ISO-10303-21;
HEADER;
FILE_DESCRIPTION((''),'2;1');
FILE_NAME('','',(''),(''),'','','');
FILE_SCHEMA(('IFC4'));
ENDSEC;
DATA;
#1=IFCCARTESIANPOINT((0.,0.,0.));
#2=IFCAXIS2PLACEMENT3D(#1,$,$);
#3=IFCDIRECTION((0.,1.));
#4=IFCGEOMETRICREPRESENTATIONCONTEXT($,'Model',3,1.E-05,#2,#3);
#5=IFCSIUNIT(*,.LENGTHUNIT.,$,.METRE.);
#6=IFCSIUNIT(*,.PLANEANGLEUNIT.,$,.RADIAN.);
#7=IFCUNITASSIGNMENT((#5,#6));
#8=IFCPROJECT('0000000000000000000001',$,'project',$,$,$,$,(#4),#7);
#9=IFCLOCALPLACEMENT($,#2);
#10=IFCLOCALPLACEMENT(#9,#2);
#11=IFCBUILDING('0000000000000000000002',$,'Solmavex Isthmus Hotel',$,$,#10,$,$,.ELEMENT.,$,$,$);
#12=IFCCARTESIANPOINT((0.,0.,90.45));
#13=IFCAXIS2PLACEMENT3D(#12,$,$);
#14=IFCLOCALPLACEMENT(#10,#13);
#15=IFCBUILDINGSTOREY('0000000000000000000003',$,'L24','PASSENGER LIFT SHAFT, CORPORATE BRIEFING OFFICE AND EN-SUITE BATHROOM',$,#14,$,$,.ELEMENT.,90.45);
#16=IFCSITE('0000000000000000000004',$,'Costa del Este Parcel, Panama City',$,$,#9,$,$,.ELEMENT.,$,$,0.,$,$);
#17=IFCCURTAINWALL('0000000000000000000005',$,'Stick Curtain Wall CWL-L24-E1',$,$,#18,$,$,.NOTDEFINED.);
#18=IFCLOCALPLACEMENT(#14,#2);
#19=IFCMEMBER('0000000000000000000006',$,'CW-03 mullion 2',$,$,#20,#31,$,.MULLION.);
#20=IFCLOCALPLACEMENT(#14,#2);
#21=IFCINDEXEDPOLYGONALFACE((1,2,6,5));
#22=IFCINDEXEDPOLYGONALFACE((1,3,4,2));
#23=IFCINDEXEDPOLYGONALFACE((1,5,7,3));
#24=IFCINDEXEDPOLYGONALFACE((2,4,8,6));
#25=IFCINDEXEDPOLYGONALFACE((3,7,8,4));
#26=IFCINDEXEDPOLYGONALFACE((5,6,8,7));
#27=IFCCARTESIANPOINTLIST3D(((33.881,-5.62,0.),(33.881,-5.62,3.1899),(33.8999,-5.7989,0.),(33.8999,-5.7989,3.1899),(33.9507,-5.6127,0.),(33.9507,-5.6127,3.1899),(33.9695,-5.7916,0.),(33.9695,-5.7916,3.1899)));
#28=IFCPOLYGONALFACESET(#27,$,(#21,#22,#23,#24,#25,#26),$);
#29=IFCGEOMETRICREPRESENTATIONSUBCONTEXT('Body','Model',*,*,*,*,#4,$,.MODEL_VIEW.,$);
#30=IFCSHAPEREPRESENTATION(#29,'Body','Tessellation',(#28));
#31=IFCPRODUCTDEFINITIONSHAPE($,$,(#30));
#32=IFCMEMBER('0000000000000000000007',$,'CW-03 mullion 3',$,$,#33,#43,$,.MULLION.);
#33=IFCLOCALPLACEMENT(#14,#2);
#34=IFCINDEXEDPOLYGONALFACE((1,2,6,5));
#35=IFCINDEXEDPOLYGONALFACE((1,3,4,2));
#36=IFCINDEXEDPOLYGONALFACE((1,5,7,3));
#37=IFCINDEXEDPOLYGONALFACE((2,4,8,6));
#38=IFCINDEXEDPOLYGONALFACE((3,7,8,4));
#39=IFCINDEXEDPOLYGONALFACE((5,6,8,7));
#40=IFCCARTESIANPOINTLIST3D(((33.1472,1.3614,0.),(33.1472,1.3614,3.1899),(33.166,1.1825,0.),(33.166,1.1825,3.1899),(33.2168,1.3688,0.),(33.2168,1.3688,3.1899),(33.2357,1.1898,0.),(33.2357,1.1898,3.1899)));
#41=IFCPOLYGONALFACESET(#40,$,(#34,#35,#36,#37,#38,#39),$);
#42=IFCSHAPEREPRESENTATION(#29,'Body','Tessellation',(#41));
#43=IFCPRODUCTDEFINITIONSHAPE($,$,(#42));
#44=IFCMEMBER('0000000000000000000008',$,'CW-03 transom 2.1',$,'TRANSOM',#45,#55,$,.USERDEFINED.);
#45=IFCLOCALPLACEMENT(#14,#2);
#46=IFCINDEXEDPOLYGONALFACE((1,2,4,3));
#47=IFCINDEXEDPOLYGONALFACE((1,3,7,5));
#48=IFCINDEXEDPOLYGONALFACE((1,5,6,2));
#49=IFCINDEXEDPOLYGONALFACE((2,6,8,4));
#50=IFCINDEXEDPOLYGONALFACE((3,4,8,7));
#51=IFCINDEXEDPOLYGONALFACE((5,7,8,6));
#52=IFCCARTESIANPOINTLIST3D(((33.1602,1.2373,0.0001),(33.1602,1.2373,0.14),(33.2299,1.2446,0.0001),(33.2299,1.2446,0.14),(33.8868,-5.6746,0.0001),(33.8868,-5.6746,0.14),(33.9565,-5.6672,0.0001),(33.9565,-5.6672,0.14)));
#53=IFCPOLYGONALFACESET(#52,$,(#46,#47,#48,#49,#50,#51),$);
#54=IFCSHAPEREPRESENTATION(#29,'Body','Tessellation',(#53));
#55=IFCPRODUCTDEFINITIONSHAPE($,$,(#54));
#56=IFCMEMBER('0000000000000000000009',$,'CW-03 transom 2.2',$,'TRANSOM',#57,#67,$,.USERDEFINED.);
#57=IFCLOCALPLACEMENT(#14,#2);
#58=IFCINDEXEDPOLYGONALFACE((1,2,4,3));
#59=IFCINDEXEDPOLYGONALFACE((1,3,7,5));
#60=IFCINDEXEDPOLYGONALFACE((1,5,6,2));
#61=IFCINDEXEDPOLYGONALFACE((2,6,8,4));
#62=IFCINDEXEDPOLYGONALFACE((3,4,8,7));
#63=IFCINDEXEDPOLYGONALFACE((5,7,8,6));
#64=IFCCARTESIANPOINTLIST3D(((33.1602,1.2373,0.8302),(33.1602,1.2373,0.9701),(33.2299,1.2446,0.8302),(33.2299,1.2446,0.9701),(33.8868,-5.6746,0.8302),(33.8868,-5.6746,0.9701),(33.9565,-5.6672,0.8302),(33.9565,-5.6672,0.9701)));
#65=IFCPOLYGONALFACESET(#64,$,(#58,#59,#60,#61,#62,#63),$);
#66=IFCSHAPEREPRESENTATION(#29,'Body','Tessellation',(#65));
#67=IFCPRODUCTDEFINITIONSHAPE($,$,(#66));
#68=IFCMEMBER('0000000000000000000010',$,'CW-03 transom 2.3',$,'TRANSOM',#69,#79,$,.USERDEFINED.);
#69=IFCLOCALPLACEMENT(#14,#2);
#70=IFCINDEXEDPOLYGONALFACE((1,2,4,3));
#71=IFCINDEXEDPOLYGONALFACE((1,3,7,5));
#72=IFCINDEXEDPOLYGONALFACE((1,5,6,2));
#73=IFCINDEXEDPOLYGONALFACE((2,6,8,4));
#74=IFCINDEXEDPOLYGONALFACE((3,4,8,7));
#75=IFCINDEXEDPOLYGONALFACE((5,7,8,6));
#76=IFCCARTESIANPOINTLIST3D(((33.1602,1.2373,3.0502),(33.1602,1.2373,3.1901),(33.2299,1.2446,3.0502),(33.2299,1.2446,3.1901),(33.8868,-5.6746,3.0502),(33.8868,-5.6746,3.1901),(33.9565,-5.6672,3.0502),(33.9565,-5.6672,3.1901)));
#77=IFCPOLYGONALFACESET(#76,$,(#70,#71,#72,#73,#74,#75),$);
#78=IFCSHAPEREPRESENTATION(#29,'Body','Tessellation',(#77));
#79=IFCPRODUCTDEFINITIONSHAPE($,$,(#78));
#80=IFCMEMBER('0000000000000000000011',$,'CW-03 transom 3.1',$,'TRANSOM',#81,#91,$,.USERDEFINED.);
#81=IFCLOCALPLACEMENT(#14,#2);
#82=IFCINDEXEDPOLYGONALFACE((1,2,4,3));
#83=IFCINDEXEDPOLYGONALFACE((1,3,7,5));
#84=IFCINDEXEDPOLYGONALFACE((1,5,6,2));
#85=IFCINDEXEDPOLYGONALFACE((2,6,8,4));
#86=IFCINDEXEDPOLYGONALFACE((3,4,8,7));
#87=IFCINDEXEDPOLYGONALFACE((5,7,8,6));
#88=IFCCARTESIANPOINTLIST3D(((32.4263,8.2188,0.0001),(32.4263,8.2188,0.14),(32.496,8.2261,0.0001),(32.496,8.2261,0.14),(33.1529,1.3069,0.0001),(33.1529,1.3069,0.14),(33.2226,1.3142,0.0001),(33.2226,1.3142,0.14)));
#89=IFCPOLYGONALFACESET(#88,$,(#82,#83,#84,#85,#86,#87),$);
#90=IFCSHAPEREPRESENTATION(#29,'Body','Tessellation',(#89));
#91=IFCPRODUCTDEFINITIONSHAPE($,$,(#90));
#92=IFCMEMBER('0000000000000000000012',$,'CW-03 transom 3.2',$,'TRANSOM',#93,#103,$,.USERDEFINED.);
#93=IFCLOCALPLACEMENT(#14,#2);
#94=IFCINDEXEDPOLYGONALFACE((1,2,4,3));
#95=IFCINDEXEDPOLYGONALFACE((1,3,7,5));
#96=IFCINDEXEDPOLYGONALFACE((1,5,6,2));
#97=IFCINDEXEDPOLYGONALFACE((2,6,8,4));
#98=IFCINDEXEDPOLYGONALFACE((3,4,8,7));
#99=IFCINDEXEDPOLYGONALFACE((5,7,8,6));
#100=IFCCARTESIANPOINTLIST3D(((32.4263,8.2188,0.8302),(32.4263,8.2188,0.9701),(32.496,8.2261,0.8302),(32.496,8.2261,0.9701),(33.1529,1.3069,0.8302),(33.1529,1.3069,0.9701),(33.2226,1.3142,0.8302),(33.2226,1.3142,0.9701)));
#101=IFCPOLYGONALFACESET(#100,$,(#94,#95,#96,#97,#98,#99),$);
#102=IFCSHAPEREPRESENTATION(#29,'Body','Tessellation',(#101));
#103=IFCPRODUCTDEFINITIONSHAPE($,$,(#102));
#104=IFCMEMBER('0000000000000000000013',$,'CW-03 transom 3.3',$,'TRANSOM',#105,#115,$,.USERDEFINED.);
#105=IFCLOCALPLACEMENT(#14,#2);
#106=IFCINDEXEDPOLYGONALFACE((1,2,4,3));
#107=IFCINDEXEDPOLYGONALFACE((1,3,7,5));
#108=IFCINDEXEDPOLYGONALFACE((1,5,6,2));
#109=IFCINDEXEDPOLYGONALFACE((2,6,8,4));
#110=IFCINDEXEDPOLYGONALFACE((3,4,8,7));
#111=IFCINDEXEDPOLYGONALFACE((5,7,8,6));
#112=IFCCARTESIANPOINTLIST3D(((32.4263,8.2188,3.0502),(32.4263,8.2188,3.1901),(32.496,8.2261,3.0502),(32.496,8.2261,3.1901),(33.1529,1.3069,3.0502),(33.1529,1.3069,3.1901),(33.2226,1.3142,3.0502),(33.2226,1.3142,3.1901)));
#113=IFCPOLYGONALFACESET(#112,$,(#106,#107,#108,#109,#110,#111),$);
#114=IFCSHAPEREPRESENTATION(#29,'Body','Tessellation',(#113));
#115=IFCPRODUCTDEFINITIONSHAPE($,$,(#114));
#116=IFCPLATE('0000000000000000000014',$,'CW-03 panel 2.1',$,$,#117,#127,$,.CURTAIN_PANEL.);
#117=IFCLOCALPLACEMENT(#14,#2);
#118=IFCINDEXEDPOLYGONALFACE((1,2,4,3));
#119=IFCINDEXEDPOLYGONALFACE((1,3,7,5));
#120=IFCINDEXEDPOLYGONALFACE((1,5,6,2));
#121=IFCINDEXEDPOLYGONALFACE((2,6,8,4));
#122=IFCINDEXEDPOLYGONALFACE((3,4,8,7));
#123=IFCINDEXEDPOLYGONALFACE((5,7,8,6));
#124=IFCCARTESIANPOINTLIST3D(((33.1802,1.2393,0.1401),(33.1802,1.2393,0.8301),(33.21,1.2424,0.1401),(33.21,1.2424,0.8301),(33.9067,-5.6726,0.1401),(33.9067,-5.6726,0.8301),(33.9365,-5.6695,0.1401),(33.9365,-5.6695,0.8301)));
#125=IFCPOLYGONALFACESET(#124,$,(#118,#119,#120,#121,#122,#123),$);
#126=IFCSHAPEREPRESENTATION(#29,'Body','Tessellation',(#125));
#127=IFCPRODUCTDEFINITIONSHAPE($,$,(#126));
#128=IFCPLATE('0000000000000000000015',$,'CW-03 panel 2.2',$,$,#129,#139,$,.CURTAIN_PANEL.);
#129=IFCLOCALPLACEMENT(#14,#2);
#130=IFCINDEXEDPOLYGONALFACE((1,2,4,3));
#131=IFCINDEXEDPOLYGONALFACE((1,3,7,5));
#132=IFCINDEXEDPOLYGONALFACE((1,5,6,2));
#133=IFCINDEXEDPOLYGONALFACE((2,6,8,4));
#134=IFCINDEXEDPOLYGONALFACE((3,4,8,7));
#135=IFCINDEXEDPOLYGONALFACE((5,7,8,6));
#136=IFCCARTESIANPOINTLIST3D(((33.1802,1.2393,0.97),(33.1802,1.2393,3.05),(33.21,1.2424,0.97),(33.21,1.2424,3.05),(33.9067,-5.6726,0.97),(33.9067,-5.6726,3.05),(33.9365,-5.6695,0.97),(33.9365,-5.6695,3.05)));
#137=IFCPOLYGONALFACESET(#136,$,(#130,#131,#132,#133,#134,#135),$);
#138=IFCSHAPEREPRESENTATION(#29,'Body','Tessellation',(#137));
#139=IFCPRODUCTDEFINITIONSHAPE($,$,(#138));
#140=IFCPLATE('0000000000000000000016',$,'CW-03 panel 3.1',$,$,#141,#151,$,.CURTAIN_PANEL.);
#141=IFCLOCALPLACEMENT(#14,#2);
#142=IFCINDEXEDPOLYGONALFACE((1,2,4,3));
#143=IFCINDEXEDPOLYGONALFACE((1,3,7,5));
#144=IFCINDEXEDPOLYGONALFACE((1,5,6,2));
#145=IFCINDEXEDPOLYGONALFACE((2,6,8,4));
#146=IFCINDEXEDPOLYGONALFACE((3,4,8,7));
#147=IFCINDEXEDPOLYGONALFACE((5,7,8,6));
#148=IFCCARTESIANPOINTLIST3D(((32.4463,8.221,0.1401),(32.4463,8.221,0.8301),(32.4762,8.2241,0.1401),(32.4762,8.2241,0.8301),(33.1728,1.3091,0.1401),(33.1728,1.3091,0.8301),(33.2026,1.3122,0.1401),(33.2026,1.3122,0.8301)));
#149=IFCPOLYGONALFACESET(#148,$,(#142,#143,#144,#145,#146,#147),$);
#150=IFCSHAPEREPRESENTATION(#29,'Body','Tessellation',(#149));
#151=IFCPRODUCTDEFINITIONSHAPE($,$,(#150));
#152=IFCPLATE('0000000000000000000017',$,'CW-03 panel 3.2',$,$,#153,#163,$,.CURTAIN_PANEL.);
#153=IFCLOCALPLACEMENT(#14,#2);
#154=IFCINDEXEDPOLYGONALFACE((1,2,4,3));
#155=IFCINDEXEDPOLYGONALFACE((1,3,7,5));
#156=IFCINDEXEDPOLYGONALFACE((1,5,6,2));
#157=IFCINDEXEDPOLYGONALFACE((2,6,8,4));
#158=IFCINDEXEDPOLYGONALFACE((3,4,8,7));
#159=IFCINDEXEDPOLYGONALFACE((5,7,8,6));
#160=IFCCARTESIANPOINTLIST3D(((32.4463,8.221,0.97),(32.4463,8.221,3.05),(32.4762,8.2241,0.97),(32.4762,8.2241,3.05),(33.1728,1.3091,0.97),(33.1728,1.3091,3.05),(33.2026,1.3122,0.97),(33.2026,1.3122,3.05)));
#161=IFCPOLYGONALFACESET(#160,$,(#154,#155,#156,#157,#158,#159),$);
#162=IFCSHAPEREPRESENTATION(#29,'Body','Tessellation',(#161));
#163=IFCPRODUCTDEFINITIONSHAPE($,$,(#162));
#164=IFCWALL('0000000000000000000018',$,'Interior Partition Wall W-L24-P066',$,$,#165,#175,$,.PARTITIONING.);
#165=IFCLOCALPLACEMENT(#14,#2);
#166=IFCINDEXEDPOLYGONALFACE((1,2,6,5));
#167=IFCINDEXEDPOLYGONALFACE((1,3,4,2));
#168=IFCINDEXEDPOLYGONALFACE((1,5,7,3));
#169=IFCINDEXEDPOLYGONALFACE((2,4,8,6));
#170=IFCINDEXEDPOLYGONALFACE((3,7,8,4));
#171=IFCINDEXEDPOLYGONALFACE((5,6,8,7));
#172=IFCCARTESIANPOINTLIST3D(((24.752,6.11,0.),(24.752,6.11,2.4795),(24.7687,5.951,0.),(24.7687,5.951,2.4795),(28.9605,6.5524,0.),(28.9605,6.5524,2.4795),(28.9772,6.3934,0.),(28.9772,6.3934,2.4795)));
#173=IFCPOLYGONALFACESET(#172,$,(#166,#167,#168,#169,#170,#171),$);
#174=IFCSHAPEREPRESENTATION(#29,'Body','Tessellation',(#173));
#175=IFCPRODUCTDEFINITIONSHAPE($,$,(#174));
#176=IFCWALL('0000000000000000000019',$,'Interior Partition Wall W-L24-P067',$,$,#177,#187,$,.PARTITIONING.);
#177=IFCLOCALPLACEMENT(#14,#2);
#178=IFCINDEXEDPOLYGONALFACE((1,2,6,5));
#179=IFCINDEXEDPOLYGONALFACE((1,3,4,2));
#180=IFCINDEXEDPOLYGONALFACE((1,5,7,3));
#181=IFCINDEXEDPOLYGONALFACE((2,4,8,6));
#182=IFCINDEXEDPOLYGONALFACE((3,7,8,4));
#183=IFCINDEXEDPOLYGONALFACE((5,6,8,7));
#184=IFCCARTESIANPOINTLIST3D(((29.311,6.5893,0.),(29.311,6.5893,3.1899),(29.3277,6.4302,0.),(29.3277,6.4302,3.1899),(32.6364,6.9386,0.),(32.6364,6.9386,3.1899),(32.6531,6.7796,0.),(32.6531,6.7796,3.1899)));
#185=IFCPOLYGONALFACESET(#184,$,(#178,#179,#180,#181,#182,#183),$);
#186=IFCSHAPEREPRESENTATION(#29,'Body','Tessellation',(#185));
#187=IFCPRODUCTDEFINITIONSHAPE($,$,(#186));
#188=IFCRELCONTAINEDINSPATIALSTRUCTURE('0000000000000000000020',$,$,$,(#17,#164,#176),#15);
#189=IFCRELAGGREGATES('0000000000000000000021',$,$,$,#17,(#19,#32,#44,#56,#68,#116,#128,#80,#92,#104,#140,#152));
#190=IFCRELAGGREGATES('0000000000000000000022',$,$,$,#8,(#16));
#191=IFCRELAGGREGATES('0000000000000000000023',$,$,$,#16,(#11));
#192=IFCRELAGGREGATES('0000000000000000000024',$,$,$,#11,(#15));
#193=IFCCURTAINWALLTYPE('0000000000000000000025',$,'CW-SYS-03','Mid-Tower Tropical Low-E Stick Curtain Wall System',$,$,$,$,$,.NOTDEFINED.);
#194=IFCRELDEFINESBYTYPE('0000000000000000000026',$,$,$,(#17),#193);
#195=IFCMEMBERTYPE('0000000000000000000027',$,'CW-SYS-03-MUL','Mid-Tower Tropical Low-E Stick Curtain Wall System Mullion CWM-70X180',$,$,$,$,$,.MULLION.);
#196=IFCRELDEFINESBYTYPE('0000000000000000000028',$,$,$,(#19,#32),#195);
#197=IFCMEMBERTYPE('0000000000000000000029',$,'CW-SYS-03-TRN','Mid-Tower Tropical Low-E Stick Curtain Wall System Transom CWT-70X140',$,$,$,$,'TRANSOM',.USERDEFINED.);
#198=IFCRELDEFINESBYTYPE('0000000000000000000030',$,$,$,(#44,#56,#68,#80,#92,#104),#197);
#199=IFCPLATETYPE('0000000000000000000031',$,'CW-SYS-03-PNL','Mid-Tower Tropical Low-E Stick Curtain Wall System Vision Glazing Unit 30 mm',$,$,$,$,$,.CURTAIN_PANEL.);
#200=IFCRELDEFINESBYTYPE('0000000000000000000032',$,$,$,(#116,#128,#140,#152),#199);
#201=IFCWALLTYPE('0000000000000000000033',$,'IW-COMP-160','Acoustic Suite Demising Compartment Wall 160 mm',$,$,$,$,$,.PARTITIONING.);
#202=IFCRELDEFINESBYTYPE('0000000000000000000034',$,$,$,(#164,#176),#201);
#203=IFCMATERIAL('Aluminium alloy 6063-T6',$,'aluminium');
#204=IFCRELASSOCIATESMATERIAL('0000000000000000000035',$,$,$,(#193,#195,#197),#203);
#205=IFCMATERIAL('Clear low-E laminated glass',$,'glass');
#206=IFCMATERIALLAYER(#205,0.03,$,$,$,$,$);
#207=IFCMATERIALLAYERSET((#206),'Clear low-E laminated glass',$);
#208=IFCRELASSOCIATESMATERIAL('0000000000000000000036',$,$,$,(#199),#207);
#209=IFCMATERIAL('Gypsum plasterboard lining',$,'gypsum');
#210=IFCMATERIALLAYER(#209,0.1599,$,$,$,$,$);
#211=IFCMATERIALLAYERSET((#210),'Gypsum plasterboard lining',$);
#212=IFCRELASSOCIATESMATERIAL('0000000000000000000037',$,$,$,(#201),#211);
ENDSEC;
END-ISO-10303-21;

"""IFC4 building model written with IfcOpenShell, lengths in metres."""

from ifc_helpers import new_model, si_unit, direction, frame, frame_2d, origin, origin_2d, place, context, subcontext, project, spatial, rectangle, extrude, material, layer, layer_set, material_profile, profile_set, type_object, element, aggregate, save


model = new_model("IFC4")

# Units and contexts
model_context = context("Model", 3, precision=1e-05, world=origin(), true_north=direction((0.0, 1.0)))
body_context = subcontext(model_context, "Body", "Model", "MODEL_VIEW")
ifc_project = project(units=[si_unit("LENGTHUNIT", "METRE"), si_unit("PLANEANGLEUNIT", "RADIAN")], contexts=[model_context])

# Site, building, storey
site_placement = place(None, origin())
site = spatial("IfcSite", under=ifc_project, at=site_placement, Name="Costa del Este Parcel, Panama City", CompositionType="ELEMENT", RefElevation=0.0)
building_placement = place(site_placement, origin())
building = spatial("IfcBuilding", under=site, at=building_placement, Name="Solmavex Isthmus Hotel", CompositionType="ELEMENT")
storey_placement = place(building_placement, frame((0.0, 0.0, 90.45)))
storey = spatial("IfcBuildingStorey", under=building, at=storey_placement, Name="L24", Description="PASSENGER LIFT SHAFT, CORPORATE BRIEFING OFFICE AND EN-SUITE BATHROOM", CompositionType="ELEMENT", Elevation=90.45)

# Curtain wall, members, plates
ifc_material_1 = material(Name="Aluminium alloy 6063-T6", Category="aluminium")
curtain_wall_type = type_object("IfcCurtainWallType", Name="CW-SYS-03", Description="Mid-Tower Tropical Low-E Stick Curtain Wall System", PredefinedType="NOTDEFINED", material=ifc_material_1)
curtain_wall_placement = place(storey_placement, origin())
curtain_wall = element("IfcCurtainWall", 1, at=curtain_wall_placement, inside=storey, type_object=curtain_wall_type, Name="Stick Curtain Wall CWL-L24-E1", PredefinedType="NOTDEFINED")
ifc_material_profile_1 = material_profile(ifc_material_1, rectangle(XDim=0.0701, YDim=0.1799, at=origin_2d()), Name="CWM-70X180")
ifc_profile_set_1 = profile_set([ifc_material_profile_1], Name="Aluminium alloy 6063-T6")
member_type_1 = type_object("IfcMemberType", Name="CW-SYS-03-MUL", Description="Mid-Tower Tropical Low-E Stick Curtain Wall System Mullion CWM-70X180", PredefinedType="MULLION", material=ifc_profile_set_1)
member_1_placement = place(storey_placement, frame((33.9253, -5.7058, 0.0), z_axis=(0.0, 0.0, 1.0), x_axis=(-0.994522, -0.104528, 0.0)))
member_1 = element("IfcMember", 2, at=member_1_placement, type_object=member_type_1, Name="CW-03 mullion 2", PredefinedType="MULLION", context=body_context, shape_type="SweptSolid", body=[
    extrude(rectangle(XDim=0.0701, YDim=0.1799, at=origin_2d()), origin(), (0.0, 0.0, 1.0), 3.1899),
])
member_2_placement = place(storey_placement, frame((33.1914, 1.2756, 0.0), z_axis=(0.0, 0.0, 1.0), x_axis=(-0.994522, -0.104528, 0.0)))
member_2 = element("IfcMember", 3, at=member_2_placement, type_object=member_type_1, Name="CW-03 mullion 3", PredefinedType="MULLION", context=body_context, shape_type="SweptSolid", body=[
    extrude(rectangle(XDim=0.0701, YDim=0.1799, at=origin_2d()), origin(), (0.0, 0.0, 1.0), 3.1899),
])
ifc_material_profile_2 = material_profile(ifc_material_1, rectangle(XDim=0.0701, YDim=0.1399, at=origin_2d()), Name="CWT-70X140")
ifc_profile_set_2 = profile_set([ifc_material_profile_2], Name="Aluminium alloy 6063-T6")
member_type_2 = type_object("IfcMemberType", Name="CW-SYS-03-TRN", Description="Mid-Tower Tropical Low-E Stick Curtain Wall System Transom CWT-70X140", ElementType="TRANSOM", PredefinedType="USERDEFINED", material=ifc_profile_set_2)
member_3_placement = place(storey_placement, frame((33.9216, -5.6709, 0.0701), z_axis=(-0.104542, 0.99452, 0.0), x_axis=(-0.99452, -0.104542, 0.0)))
member_3 = element("IfcMember", 4, at=member_3_placement, type_object=member_type_2, Name="CW-03 transom 2.1", ObjectType="TRANSOM", PredefinedType="USERDEFINED", context=body_context, shape_type="SweptSolid", body=[
    extrude(rectangle(XDim=0.0701, YDim=0.1399, at=origin_2d()), origin(), (0.0, 0.0, 1.0), 6.95),
])
member_4_placement = place(storey_placement, frame((33.9216, -5.6709, 0.9001), z_axis=(-0.104542, 0.99452, 0.0), x_axis=(-0.99452, -0.104542, 0.0)))
member_4 = element("IfcMember", 5, at=member_4_placement, type_object=member_type_2, Name="CW-03 transom 2.2", ObjectType="TRANSOM", PredefinedType="USERDEFINED", context=body_context, shape_type="SweptSolid", body=[
    extrude(rectangle(XDim=0.0701, YDim=0.1399, at=origin_2d()), origin(), (0.0, 0.0, 1.0), 6.95),
])
member_5_placement = place(storey_placement, frame((33.9216, -5.6709, 3.1201), z_axis=(-0.104542, 0.99452, 0.0), x_axis=(-0.99452, -0.104542, 0.0)))
member_5 = element("IfcMember", 6, at=member_5_placement, type_object=member_type_2, Name="CW-03 transom 2.3", ObjectType="TRANSOM", PredefinedType="USERDEFINED", context=body_context, shape_type="SweptSolid", body=[
    extrude(rectangle(XDim=0.0701, YDim=0.1399, at=origin_2d()), origin(), (0.0, 0.0, 1.0), 6.95),
])
member_6_placement = place(storey_placement, frame((33.1877, 1.3105, 0.0701), z_axis=(-0.104542, 0.99452, 0.0), x_axis=(-0.99452, -0.104542, 0.0)))
member_6 = element("IfcMember", 7, at=member_6_placement, type_object=member_type_2, Name="CW-03 transom 3.1", ObjectType="TRANSOM", PredefinedType="USERDEFINED", context=body_context, shape_type="SweptSolid", body=[
    extrude(rectangle(XDim=0.0701, YDim=0.1399, at=origin_2d()), origin(), (0.0, 0.0, 1.0), 6.95),
])
member_7_placement = place(storey_placement, frame((33.1877, 1.3105, 0.9001), z_axis=(-0.104542, 0.99452, 0.0), x_axis=(-0.99452, -0.104542, 0.0)))
member_7 = element("IfcMember", 8, at=member_7_placement, type_object=member_type_2, Name="CW-03 transom 3.2", ObjectType="TRANSOM", PredefinedType="USERDEFINED", context=body_context, shape_type="SweptSolid", body=[
    extrude(rectangle(XDim=0.0701, YDim=0.1399, at=origin_2d()), origin(), (0.0, 0.0, 1.0), 6.95),
])
member_8_placement = place(storey_placement, frame((33.1877, 1.3105, 3.1201), z_axis=(-0.104542, 0.99452, 0.0), x_axis=(-0.99452, -0.104542, 0.0)))
member_8 = element("IfcMember", 9, at=member_8_placement, type_object=member_type_2, Name="CW-03 transom 3.3", ObjectType="TRANSOM", PredefinedType="USERDEFINED", context=body_context, shape_type="SweptSolid", body=[
    extrude(rectangle(XDim=0.0701, YDim=0.1399, at=origin_2d()), origin(), (0.0, 0.0, 1.0), 6.95),
])
ifc_material_2 = material(Name="Clear low-E laminated glass", Category="glass")
ifc_layer_1 = layer(ifc_material_2, 0.03)
ifc_layer_set_1 = layer_set([ifc_layer_1], Name="Clear low-E laminated glass")
plate_type = type_object("IfcPlateType", Name="CW-SYS-03-PNL", Description="Mid-Tower Tropical Low-E Stick Curtain Wall System Vision Glazing Unit 30 mm", PredefinedType="CURTAIN_PANEL", material=ifc_layer_set_1)
plate_1_placement = place(storey_placement, frame((33.5583, -2.2151, 0.1401), z_axis=(0.0, 0.0, 1.0), x_axis=(-0.104528, 0.994522, 0.0)))
plate_1 = element("IfcPlate", 10, at=plate_1_placement, type_object=plate_type, Name="CW-03 panel 2.1", PredefinedType="CURTAIN_PANEL", context=body_context, shape_type="SweptSolid", body=[
    extrude(rectangle(XDim=6.95, YDim=0.03, at=origin_2d()), origin(), (0.0, 0.0, 1.0), 0.6899),
])
plate_2_placement = place(storey_placement, frame((33.5583, -2.2151, 0.97), z_axis=(0.0, 0.0, 1.0), x_axis=(-0.104528, 0.994522, 0.0)))
plate_2 = element("IfcPlate", 11, at=plate_2_placement, type_object=plate_type, Name="CW-03 panel 2.2", PredefinedType="CURTAIN_PANEL", context=body_context, shape_type="SweptSolid", body=[
    extrude(rectangle(XDim=6.95, YDim=0.03, at=origin_2d()), origin(), (0.0, 0.0, 1.0), 2.0801),
])
plate_3_placement = place(storey_placement, frame((32.8245, 4.7666, 0.1401), z_axis=(0.0, 0.0, 1.0), x_axis=(-0.104528, 0.994522, 0.0)))
plate_3 = element("IfcPlate", 12, at=plate_3_placement, type_object=plate_type, Name="CW-03 panel 3.1", PredefinedType="CURTAIN_PANEL", context=body_context, shape_type="SweptSolid", body=[
    extrude(rectangle(XDim=6.95, YDim=0.03, at=origin_2d()), origin(), (0.0, 0.0, 1.0), 0.6899),
])
plate_4_placement = place(storey_placement, frame((32.8245, 4.7666, 0.97), z_axis=(0.0, 0.0, 1.0), x_axis=(-0.104528, 0.994522, 0.0)))
plate_4 = element("IfcPlate", 13, at=plate_4_placement, type_object=plate_type, Name="CW-03 panel 3.2", PredefinedType="CURTAIN_PANEL", context=body_context, shape_type="SweptSolid", body=[
    extrude(rectangle(XDim=6.95, YDim=0.03, at=origin_2d()), origin(), (0.0, 0.0, 1.0), 2.0801),
])
aggregate(curtain_wall, [member_1, member_2, member_3, member_4, member_5, plate_1, plate_2, member_6, member_7, member_8, plate_3, plate_4])

# Walls
ifc_material_3 = material(Name="Gypsum plasterboard lining", Category="gypsum")
ifc_layer_2 = layer(ifc_material_3, 0.1599)
ifc_layer_set_2 = layer_set([ifc_layer_2], Name="Gypsum plasterboard lining")
wall_type_1 = type_object("IfcWallType", Name="IW-COMP-160", Description="Acoustic Suite Demising Compartment Wall 160 mm", PredefinedType="PARTITIONING", material=ifc_layer_set_2)
wall_1_placement = place(storey_placement, frame((28.9688, 6.4729, 0.0), z_axis=(0.0, 0.0, 1.0), x_axis=(-0.994521, -0.104541, 0.0)))
element("IfcWall", 14, at=wall_1_placement, inside=storey, type_object=wall_type_1, Name="Interior Partition Wall W-L24-P066", PredefinedType="PARTITIONING", context=body_context, shape_type="SweptSolid", body=[
    extrude(rectangle(XDim=4.2317, YDim=0.1599, at=frame_2d((2.1157, 0.0))), origin(), (0.0, 0.0, 1.0), 2.4795),
])
wall_2_placement = place(storey_placement, frame((32.6448, 6.8591, 0.0), z_axis=(0.0, 0.0, 1.0), x_axis=(-0.994527, -0.104483, 0.0)))
element("IfcWall", 15, at=wall_2_placement, inside=storey, type_object=wall_type_1, Name="Interior Partition Wall W-L24-P067", PredefinedType="PARTITIONING", context=body_context, shape_type="SweptSolid", body=[
    extrude(rectangle(XDim=3.3438, YDim=0.1599, at=frame_2d((1.6719, 0.0))), origin(), (0.0, 0.0, 1.0), 3.1899),
])

save(model, "model.ifc")
